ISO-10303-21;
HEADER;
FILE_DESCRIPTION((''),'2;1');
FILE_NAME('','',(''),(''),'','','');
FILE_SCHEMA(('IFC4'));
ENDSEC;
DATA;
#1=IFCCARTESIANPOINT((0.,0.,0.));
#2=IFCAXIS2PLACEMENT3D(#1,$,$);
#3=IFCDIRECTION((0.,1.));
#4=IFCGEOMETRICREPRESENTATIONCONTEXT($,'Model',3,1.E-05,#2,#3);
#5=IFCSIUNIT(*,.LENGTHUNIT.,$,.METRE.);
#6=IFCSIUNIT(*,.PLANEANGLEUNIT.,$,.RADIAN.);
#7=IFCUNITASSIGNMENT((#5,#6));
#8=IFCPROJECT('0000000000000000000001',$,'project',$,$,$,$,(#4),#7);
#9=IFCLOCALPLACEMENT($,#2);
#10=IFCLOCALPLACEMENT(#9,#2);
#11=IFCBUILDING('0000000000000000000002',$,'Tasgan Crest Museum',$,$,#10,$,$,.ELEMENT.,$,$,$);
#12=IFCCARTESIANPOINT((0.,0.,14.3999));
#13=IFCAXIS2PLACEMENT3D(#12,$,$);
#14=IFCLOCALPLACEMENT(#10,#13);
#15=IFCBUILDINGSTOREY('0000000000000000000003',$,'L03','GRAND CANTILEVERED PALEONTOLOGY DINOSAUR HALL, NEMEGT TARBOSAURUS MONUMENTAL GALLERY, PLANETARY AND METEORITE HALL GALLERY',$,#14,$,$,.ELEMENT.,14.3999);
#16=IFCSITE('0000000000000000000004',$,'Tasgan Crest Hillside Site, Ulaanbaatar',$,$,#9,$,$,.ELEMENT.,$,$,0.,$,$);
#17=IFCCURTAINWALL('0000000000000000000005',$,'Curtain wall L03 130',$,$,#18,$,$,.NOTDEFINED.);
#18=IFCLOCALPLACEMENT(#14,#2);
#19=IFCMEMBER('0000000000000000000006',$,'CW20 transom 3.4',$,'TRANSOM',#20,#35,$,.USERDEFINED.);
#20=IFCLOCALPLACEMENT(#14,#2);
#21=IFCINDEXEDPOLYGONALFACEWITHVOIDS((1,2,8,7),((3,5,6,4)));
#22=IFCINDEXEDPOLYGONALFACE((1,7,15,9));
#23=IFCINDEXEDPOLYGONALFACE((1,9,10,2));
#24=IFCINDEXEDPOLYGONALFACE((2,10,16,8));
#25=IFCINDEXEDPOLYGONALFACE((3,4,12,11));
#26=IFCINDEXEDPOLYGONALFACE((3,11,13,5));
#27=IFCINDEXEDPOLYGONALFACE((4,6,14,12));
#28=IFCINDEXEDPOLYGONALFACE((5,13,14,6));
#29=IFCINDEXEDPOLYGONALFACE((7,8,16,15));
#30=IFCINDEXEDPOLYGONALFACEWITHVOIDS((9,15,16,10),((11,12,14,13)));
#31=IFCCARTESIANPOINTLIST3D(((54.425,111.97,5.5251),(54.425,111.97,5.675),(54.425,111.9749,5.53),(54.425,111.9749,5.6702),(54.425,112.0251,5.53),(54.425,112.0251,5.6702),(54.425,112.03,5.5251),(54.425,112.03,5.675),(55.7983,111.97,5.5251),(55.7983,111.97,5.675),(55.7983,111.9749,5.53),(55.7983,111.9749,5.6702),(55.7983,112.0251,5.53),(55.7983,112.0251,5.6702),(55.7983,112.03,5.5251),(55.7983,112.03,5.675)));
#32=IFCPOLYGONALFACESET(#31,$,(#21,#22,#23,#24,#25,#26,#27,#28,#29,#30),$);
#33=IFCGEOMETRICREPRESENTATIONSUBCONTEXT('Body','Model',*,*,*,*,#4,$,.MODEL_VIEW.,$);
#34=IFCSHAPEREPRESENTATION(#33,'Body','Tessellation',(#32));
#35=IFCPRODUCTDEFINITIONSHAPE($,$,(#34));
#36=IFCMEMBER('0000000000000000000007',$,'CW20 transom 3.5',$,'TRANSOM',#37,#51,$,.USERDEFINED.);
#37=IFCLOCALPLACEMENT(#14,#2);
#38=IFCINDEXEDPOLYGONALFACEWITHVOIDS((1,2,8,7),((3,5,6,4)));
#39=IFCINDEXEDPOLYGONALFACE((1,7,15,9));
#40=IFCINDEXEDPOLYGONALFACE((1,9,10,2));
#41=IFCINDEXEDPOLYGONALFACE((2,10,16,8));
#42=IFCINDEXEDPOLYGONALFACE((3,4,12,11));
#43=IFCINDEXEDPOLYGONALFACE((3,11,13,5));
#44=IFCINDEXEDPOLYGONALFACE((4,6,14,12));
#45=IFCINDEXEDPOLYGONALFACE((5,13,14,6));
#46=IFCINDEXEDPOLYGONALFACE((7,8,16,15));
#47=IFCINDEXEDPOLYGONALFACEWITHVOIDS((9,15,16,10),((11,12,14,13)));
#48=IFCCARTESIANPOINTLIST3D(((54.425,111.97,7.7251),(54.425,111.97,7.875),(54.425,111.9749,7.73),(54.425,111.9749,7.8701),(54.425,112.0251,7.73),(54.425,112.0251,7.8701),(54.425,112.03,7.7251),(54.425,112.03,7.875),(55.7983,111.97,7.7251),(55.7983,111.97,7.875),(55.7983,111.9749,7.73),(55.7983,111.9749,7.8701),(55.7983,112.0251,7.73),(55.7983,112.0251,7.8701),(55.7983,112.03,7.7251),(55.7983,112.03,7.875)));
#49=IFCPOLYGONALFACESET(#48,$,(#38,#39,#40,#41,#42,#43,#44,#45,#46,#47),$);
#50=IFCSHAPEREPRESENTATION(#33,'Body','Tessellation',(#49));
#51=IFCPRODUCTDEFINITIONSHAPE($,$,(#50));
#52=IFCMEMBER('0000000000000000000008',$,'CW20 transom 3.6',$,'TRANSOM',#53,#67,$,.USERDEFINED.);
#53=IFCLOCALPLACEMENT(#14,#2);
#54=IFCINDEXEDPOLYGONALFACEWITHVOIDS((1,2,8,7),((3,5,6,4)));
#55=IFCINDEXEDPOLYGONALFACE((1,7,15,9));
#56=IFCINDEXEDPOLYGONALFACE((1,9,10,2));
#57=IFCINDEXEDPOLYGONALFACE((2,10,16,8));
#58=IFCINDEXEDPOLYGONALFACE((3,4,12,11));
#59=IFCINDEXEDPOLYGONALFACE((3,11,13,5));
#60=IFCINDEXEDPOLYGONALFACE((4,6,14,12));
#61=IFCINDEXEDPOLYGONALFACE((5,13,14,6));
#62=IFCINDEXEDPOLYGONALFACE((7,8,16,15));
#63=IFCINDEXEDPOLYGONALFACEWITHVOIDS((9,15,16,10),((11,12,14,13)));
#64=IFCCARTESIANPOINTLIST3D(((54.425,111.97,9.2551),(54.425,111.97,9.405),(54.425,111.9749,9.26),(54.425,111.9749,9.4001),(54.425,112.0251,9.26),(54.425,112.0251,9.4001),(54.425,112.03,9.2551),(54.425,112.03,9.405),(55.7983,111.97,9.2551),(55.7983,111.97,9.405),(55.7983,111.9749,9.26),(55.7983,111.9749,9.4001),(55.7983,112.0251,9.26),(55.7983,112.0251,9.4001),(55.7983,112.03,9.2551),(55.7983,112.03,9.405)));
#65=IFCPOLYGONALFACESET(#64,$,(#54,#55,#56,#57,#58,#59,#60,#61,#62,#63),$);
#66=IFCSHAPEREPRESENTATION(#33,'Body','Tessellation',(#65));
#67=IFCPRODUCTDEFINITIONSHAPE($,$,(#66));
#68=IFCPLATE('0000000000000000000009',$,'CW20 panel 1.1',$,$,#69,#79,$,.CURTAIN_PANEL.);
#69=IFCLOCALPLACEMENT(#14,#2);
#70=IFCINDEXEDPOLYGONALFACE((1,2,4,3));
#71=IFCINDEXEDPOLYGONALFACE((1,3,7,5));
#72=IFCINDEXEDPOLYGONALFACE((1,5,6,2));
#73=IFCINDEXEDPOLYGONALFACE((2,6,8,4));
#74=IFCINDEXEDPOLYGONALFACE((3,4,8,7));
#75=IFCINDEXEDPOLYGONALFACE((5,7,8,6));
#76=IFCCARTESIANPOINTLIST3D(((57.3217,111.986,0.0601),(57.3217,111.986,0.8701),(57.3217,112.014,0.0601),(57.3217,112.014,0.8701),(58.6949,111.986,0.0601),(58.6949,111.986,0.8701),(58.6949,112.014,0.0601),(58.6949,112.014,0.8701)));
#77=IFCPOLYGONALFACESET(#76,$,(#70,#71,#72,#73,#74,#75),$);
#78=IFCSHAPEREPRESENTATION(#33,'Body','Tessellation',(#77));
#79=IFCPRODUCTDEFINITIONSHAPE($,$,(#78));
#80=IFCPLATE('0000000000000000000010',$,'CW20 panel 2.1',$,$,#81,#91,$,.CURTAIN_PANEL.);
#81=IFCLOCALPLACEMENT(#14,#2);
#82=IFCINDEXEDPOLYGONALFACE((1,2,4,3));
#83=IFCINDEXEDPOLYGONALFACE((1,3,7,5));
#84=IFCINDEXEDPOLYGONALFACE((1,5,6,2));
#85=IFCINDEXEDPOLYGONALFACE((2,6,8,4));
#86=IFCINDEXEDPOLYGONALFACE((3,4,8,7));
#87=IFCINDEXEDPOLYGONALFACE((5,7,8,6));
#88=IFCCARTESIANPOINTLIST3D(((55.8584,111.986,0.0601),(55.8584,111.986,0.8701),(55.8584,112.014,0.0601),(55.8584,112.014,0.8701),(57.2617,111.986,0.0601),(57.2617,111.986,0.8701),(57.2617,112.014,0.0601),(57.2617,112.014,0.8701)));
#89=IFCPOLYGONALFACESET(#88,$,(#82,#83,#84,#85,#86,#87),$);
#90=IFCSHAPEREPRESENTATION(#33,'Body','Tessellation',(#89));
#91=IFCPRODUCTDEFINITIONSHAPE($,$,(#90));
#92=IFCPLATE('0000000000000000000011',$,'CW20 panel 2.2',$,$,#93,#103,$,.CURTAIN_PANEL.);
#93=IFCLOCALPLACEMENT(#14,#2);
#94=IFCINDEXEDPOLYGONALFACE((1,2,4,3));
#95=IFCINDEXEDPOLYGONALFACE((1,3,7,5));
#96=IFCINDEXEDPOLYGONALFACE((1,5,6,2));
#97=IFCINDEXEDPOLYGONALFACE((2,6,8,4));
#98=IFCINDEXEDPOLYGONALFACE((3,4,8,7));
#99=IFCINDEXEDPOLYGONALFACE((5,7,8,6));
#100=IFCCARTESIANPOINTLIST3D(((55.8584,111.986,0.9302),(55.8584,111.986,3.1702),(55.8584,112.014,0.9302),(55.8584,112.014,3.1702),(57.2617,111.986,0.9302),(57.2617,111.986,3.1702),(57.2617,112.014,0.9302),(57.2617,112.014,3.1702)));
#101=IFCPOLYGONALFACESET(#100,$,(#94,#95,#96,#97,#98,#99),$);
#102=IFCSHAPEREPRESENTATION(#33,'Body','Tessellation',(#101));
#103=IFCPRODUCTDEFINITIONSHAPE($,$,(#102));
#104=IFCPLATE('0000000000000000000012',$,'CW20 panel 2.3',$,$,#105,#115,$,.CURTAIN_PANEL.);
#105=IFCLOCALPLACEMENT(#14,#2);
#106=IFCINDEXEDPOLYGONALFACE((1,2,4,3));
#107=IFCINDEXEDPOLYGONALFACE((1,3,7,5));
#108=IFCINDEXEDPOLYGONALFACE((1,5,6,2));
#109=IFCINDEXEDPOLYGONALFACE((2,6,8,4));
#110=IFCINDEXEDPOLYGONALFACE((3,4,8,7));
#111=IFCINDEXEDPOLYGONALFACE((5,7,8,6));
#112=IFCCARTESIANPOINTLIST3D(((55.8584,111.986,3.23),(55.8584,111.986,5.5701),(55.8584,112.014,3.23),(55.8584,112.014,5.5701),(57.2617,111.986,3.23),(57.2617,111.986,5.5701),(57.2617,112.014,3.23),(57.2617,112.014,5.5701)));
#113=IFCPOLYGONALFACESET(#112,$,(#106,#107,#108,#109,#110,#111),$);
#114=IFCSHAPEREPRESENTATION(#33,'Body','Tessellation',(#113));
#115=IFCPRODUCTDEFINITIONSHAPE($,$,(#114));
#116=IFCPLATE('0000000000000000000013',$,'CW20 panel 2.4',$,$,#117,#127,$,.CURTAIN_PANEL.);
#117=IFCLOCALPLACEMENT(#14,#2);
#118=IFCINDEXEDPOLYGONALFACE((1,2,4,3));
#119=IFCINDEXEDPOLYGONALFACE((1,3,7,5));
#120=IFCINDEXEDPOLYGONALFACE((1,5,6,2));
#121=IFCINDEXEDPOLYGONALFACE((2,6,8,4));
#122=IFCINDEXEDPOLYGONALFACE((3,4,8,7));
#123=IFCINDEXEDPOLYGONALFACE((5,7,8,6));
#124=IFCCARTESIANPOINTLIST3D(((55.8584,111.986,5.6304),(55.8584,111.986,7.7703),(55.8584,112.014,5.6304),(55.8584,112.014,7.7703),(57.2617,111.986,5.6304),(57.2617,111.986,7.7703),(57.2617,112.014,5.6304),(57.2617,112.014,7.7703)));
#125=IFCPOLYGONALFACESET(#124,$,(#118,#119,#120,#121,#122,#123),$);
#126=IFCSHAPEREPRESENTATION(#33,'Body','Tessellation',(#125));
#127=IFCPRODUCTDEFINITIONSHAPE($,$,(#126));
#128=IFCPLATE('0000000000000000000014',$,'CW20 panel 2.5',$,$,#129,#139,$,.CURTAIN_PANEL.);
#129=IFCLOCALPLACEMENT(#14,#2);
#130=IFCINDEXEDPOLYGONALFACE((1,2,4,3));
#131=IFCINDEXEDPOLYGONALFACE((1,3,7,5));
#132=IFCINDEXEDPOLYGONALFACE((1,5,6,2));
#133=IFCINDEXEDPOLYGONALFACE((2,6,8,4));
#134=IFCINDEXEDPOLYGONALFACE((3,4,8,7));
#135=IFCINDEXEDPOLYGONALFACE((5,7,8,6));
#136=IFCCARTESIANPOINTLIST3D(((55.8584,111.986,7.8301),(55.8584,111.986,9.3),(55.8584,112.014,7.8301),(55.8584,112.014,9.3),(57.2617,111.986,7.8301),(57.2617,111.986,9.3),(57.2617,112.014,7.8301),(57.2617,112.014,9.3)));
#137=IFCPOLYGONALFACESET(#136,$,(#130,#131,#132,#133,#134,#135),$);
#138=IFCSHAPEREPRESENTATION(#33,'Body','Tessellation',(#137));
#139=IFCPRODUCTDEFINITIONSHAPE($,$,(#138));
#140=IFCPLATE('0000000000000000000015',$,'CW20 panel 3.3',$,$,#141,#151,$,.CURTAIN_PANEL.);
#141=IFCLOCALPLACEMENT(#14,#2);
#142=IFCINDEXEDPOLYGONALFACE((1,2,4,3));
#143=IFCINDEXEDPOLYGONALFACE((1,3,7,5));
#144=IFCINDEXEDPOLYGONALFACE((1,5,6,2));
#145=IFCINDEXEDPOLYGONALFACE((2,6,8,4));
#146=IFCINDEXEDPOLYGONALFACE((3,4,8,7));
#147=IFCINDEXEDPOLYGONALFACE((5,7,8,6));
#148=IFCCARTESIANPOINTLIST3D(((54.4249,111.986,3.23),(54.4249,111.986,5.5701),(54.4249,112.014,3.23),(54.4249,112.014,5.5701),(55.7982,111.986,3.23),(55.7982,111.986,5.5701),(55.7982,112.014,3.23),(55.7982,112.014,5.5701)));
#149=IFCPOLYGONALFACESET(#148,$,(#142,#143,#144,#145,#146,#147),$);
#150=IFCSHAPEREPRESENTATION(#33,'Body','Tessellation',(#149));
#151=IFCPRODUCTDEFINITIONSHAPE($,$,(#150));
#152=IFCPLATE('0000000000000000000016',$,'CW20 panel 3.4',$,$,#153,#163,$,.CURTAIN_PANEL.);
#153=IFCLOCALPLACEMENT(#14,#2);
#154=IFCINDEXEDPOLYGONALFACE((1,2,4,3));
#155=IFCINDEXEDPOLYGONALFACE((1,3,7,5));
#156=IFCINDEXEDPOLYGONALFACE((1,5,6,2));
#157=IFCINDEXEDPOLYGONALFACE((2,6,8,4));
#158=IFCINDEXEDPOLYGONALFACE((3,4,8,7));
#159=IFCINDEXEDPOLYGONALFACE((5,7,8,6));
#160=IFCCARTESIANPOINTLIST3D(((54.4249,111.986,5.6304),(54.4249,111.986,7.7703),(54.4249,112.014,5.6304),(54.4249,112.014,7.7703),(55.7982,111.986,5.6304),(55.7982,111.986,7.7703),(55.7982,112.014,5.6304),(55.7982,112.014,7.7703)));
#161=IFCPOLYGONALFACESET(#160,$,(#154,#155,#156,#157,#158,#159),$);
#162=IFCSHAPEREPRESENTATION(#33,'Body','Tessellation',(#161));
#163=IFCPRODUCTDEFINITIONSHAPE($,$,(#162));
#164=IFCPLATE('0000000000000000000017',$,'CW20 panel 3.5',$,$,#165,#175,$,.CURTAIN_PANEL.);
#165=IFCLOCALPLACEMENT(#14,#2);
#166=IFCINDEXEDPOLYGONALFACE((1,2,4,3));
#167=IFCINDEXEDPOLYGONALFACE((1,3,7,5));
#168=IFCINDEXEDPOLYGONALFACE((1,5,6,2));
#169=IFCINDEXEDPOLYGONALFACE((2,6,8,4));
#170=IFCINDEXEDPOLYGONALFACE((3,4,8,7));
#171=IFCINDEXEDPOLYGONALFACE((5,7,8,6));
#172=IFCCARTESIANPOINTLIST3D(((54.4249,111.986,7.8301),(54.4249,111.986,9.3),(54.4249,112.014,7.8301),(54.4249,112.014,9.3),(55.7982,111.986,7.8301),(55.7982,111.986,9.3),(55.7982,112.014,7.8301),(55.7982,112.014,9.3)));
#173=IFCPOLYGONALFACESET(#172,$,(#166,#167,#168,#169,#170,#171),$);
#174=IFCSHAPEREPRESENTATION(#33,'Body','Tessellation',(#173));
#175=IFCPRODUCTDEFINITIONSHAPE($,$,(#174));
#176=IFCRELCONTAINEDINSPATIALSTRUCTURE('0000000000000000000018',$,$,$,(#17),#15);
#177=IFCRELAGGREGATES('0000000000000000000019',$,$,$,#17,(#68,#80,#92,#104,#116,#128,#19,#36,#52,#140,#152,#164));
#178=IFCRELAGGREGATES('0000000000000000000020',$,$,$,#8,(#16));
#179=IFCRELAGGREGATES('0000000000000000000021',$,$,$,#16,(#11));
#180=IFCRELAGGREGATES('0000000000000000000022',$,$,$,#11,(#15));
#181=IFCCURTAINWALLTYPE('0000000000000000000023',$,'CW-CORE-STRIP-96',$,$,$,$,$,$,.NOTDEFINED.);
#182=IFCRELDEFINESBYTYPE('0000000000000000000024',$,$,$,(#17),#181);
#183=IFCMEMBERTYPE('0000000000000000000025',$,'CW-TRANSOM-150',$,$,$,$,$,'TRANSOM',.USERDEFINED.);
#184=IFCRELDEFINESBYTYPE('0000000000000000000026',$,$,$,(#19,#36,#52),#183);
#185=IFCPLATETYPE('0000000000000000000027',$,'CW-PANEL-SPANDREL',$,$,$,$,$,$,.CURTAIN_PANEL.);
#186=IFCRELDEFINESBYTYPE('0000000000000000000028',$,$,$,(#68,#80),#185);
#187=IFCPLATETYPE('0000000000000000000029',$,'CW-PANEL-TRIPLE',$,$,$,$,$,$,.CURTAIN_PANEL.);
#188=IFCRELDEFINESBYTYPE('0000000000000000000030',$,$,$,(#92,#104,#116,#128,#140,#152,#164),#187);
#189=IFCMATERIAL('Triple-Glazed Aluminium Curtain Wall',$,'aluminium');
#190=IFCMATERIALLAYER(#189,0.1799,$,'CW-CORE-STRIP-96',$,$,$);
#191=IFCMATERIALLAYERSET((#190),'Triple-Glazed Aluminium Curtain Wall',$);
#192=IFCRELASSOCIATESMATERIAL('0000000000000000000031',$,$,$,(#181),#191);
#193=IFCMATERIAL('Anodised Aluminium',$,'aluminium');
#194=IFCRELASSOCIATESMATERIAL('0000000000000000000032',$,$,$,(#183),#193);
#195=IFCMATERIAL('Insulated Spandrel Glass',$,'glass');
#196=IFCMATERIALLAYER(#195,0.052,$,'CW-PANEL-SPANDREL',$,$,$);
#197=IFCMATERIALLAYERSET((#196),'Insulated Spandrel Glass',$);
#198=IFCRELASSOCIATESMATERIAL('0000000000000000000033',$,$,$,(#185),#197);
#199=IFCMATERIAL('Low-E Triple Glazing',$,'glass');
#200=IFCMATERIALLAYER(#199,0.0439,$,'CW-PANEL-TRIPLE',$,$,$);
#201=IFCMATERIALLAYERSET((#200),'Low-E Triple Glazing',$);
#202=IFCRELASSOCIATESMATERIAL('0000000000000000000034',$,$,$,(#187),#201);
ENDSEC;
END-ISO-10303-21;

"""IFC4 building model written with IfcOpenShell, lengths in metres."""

from ifc_helpers import new_model, si_unit, direction, frame, origin, origin_2d, place, context, subcontext, project, spatial, rectangle, hollow_rectangle, extrude, material, layer, layer_set, material_profile, profile_set, type_object, element, aggregate, save


model = new_model("IFC4")

# Units and contexts
model_context = context("Model", 3, precision=1e-05, world=origin(), true_north=direction((0.0, 1.0)))
body_context = subcontext(model_context, "Body", "Model", "MODEL_VIEW")
ifc_project = project(units=[si_unit("LENGTHUNIT", "METRE"), si_unit("PLANEANGLEUNIT", "RADIAN")], contexts=[model_context])

# Site, building, storey
site_placement = place(None, origin())
site = spatial("IfcSite", under=ifc_project, at=site_placement, Name="Tasgan Crest Hillside Site, Ulaanbaatar", CompositionType="ELEMENT", RefElevation=0.0)
building_placement = place(site_placement, origin())
building = spatial("IfcBuilding", under=site, at=building_placement, Name="Tasgan Crest Museum", CompositionType="ELEMENT")
storey_placement = place(building_placement, frame((0.0, 0.0, 14.3999)))
storey = spatial("IfcBuildingStorey", under=building, at=storey_placement, Name="L03", Description="GRAND CANTILEVERED PALEONTOLOGY DINOSAUR HALL, NEMEGT TARBOSAURUS MONUMENTAL GALLERY, PLANETARY AND METEORITE HALL GALLERY", CompositionType="ELEMENT", Elevation=14.3999)

# Curtain wall, members, plates
ifc_material_1 = material(Name="Triple-Glazed Aluminium Curtain Wall", Category="aluminium")
ifc_layer_1 = layer(ifc_material_1, 0.1799, Name="CW-CORE-STRIP-96")
ifc_layer_set_1 = layer_set([ifc_layer_1], Name="Triple-Glazed Aluminium Curtain Wall")
curtain_wall_type = type_object("IfcCurtainWallType", Name="CW-CORE-STRIP-96", PredefinedType="NOTDEFINED", material=ifc_layer_set_1)
curtain_wall_placement = place(storey_placement, origin())
curtain_wall = element("IfcCurtainWall", 1, at=curtain_wall_placement, inside=storey, type_object=curtain_wall_type, Name="Curtain wall L03 130", PredefinedType="NOTDEFINED")
ifc_material_2 = material(Name="Anodised Aluminium", Category="aluminium")
ifc_material_profile_1 = material_profile(ifc_material_2, hollow_rectangle(XDim=0.0601, YDim=0.1499, WallThickness=0.0049, at=origin_2d()), Name="ALU TRANSOM 150x60x5")
ifc_profile_set_1 = profile_set([ifc_material_profile_1], Name="Anodised Aluminium")
member_type_1 = type_object("IfcMemberType", Name="CW-TRANSOM-150", ElementType="TRANSOM", PredefinedType="USERDEFINED", material=ifc_profile_set_1)
member_1_placement = place(storey_placement, frame((55.7983, 112.0, 5.6001), z_axis=(-1.0, 0.0, 0.0), x_axis=(0.0, -1.0, 0.0)))
member_1 = element("IfcMember", 2, at=member_1_placement, type_object=member_type_1, Name="CW20 transom 3.4", ObjectType="TRANSOM", PredefinedType="USERDEFINED", context=body_context, shape_type="SweptSolid", body=[
    extrude(hollow_rectangle(XDim=0.0601, YDim=0.1499, WallThickness=0.0049, at=origin_2d()), origin(), (0.0, 0.0, 1.0), 1.3733),
])
member_2_placement = place(storey_placement, frame((55.7983, 112.0, 7.8), z_axis=(-1.0, 0.0, 0.0), x_axis=(0.0, -1.0, 0.0)))
member_2 = element("IfcMember", 3, at=member_2_placement, type_object=member_type_1, Name="CW20 transom 3.5", ObjectType="TRANSOM", PredefinedType="USERDEFINED", context=body_context, shape_type="SweptSolid", body=[
    extrude(hollow_rectangle(XDim=0.0601, YDim=0.1499, WallThickness=0.0049, at=origin_2d()), origin(), (0.0, 0.0, 1.0), 1.3733),
])
member_3_placement = place(storey_placement, frame((55.7983, 112.0, 9.3301), z_axis=(-1.0, 0.0, 0.0), x_axis=(0.0, -1.0, 0.0)))
member_3 = element("IfcMember", 4, at=member_3_placement, type_object=member_type_1, Name="CW20 transom 3.6", ObjectType="TRANSOM", PredefinedType="USERDEFINED", context=body_context, shape_type="SweptSolid", body=[
    extrude(hollow_rectangle(XDim=0.0601, YDim=0.1499, WallThickness=0.0049, at=origin_2d()), origin(), (0.0, 0.0, 1.0), 1.3733),
])
ifc_material_3 = material(Name="Insulated Spandrel Glass", Category="glass")
ifc_layer_2 = layer(ifc_material_3, 0.052, Name="CW-PANEL-SPANDREL")
ifc_layer_set_2 = layer_set([ifc_layer_2], Name="Insulated Spandrel Glass")
plate_type_1 = type_object("IfcPlateType", Name="CW-PANEL-SPANDREL", PredefinedType="CURTAIN_PANEL", material=ifc_layer_set_2)
plate_1_placement = place(storey_placement, frame((58.0083, 112.0, 0.0601), z_axis=(0.0, 0.0, 1.0), x_axis=(-1.0, 0.0, 0.0)))
plate_1 = element("IfcPlate", 5, at=plate_1_placement, type_object=plate_type_1, Name="CW20 panel 1.1", PredefinedType="CURTAIN_PANEL", context=body_context, shape_type="SweptSolid", body=[
    extrude(rectangle(XDim=1.3733, YDim=0.0281, at=origin_2d()), origin(), (0.0, 0.0, 1.0), 0.8101),
])
plate_2_placement = place(storey_placement, frame((56.5601, 112.0, 0.0601), z_axis=(0.0, 0.0, 1.0), x_axis=(-1.0, 0.0, 0.0)))
plate_2 = element("IfcPlate", 6, at=plate_2_placement, type_object=plate_type_1, Name="CW20 panel 2.1", PredefinedType="CURTAIN_PANEL", context=body_context, shape_type="SweptSolid", body=[
    extrude(rectangle(XDim=1.4033, YDim=0.0281, at=origin_2d()), origin(), (0.0, 0.0, 1.0), 0.8101),
])
ifc_material_4 = material(Name="Low-E Triple Glazing", Category="glass")
ifc_layer_3 = layer(ifc_material_4, 0.0439, Name="CW-PANEL-TRIPLE")
ifc_layer_set_3 = layer_set([ifc_layer_3], Name="Low-E Triple Glazing")
plate_type_2 = type_object("IfcPlateType", Name="CW-PANEL-TRIPLE", PredefinedType="CURTAIN_PANEL", material=ifc_layer_set_3)
plate_3_placement = place(storey_placement, frame((56.5601, 112.0, 0.9302), z_axis=(0.0, 0.0, 1.0), x_axis=(-1.0, 0.0, 0.0)))
plate_3 = element("IfcPlate", 7, at=plate_3_placement, type_object=plate_type_2, Name="CW20 panel 2.2", PredefinedType="CURTAIN_PANEL", context=body_context, shape_type="SweptSolid", body=[
    extrude(rectangle(XDim=1.4033, YDim=0.0281, at=origin_2d()), origin(), (0.0, 0.0, 1.0), 2.24),
])
plate_4_placement = place(storey_placement, frame((56.5601, 112.0, 3.23), z_axis=(0.0, 0.0, 1.0), x_axis=(-1.0, 0.0, 0.0)))
plate_4 = element("IfcPlate", 8, at=plate_4_placement, type_object=plate_type_2, Name="CW20 panel 2.3", PredefinedType="CURTAIN_PANEL", context=body_context, shape_type="SweptSolid", body=[
    extrude(rectangle(XDim=1.4033, YDim=0.0281, at=origin_2d()), origin(), (0.0, 0.0, 1.0), 2.3401),
])
plate_5_placement = place(storey_placement, frame((56.5601, 112.0, 5.6304), z_axis=(0.0, 0.0, 1.0), x_axis=(-1.0, 0.0, 0.0)))
plate_5 = element("IfcPlate", 9, at=plate_5_placement, type_object=plate_type_2, Name="CW20 panel 2.4", PredefinedType="CURTAIN_PANEL", context=body_context, shape_type="SweptSolid", body=[
    extrude(rectangle(XDim=1.4033, YDim=0.0281, at=origin_2d()), origin(), (0.0, 0.0, 1.0), 2.1399),
])
plate_6_placement = place(storey_placement, frame((56.5601, 112.0, 7.8301), z_axis=(0.0, 0.0, 1.0), x_axis=(-1.0, 0.0, 0.0)))
plate_6 = element("IfcPlate", 10, at=plate_6_placement, type_object=plate_type_2, Name="CW20 panel 2.5", PredefinedType="CURTAIN_PANEL", context=body_context, shape_type="SweptSolid", body=[
    extrude(rectangle(XDim=1.4033, YDim=0.0281, at=origin_2d()), origin(), (0.0, 0.0, 1.0), 1.47),
])
plate_7_placement = place(storey_placement, frame((55.1116, 112.0, 3.23), z_axis=(0.0, 0.0, 1.0), x_axis=(-1.0, 0.0, 0.0)))
plate_7 = element("IfcPlate", 11, at=plate_7_placement, type_object=plate_type_2, Name="CW20 panel 3.3", PredefinedType="CURTAIN_PANEL", context=body_context, shape_type="SweptSolid", body=[
    extrude(rectangle(XDim=1.3733, YDim=0.0281, at=origin_2d()), origin(), (0.0, 0.0, 1.0), 2.3401),
])
plate_8_placement = place(storey_placement, frame((55.1116, 112.0, 5.6304), z_axis=(0.0, 0.0, 1.0), x_axis=(-1.0, 0.0, 0.0)))
plate_8 = element("IfcPlate", 12, at=plate_8_placement, type_object=plate_type_2, Name="CW20 panel 3.4", PredefinedType="CURTAIN_PANEL", context=body_context, shape_type="SweptSolid", body=[
    extrude(rectangle(XDim=1.3733, YDim=0.0281, at=origin_2d()), origin(), (0.0, 0.0, 1.0), 2.1399),
])
plate_9_placement = place(storey_placement, frame((55.1116, 112.0, 7.8301), z_axis=(0.0, 0.0, 1.0), x_axis=(-1.0, 0.0, 0.0)))
plate_9 = element("IfcPlate", 13, at=plate_9_placement, type_object=plate_type_2, Name="CW20 panel 3.5", PredefinedType="CURTAIN_PANEL", context=body_context, shape_type="SweptSolid", body=[
    extrude(rectangle(XDim=1.3733, YDim=0.0281, at=origin_2d()), origin(), (0.0, 0.0, 1.0), 1.47),
])
aggregate(curtain_wall, [plate_1, plate_2, plate_3, plate_4, plate_5, plate_6, member_1, member_2, member_3, plate_7, plate_8, plate_9])

save(model, "model.ifc")
